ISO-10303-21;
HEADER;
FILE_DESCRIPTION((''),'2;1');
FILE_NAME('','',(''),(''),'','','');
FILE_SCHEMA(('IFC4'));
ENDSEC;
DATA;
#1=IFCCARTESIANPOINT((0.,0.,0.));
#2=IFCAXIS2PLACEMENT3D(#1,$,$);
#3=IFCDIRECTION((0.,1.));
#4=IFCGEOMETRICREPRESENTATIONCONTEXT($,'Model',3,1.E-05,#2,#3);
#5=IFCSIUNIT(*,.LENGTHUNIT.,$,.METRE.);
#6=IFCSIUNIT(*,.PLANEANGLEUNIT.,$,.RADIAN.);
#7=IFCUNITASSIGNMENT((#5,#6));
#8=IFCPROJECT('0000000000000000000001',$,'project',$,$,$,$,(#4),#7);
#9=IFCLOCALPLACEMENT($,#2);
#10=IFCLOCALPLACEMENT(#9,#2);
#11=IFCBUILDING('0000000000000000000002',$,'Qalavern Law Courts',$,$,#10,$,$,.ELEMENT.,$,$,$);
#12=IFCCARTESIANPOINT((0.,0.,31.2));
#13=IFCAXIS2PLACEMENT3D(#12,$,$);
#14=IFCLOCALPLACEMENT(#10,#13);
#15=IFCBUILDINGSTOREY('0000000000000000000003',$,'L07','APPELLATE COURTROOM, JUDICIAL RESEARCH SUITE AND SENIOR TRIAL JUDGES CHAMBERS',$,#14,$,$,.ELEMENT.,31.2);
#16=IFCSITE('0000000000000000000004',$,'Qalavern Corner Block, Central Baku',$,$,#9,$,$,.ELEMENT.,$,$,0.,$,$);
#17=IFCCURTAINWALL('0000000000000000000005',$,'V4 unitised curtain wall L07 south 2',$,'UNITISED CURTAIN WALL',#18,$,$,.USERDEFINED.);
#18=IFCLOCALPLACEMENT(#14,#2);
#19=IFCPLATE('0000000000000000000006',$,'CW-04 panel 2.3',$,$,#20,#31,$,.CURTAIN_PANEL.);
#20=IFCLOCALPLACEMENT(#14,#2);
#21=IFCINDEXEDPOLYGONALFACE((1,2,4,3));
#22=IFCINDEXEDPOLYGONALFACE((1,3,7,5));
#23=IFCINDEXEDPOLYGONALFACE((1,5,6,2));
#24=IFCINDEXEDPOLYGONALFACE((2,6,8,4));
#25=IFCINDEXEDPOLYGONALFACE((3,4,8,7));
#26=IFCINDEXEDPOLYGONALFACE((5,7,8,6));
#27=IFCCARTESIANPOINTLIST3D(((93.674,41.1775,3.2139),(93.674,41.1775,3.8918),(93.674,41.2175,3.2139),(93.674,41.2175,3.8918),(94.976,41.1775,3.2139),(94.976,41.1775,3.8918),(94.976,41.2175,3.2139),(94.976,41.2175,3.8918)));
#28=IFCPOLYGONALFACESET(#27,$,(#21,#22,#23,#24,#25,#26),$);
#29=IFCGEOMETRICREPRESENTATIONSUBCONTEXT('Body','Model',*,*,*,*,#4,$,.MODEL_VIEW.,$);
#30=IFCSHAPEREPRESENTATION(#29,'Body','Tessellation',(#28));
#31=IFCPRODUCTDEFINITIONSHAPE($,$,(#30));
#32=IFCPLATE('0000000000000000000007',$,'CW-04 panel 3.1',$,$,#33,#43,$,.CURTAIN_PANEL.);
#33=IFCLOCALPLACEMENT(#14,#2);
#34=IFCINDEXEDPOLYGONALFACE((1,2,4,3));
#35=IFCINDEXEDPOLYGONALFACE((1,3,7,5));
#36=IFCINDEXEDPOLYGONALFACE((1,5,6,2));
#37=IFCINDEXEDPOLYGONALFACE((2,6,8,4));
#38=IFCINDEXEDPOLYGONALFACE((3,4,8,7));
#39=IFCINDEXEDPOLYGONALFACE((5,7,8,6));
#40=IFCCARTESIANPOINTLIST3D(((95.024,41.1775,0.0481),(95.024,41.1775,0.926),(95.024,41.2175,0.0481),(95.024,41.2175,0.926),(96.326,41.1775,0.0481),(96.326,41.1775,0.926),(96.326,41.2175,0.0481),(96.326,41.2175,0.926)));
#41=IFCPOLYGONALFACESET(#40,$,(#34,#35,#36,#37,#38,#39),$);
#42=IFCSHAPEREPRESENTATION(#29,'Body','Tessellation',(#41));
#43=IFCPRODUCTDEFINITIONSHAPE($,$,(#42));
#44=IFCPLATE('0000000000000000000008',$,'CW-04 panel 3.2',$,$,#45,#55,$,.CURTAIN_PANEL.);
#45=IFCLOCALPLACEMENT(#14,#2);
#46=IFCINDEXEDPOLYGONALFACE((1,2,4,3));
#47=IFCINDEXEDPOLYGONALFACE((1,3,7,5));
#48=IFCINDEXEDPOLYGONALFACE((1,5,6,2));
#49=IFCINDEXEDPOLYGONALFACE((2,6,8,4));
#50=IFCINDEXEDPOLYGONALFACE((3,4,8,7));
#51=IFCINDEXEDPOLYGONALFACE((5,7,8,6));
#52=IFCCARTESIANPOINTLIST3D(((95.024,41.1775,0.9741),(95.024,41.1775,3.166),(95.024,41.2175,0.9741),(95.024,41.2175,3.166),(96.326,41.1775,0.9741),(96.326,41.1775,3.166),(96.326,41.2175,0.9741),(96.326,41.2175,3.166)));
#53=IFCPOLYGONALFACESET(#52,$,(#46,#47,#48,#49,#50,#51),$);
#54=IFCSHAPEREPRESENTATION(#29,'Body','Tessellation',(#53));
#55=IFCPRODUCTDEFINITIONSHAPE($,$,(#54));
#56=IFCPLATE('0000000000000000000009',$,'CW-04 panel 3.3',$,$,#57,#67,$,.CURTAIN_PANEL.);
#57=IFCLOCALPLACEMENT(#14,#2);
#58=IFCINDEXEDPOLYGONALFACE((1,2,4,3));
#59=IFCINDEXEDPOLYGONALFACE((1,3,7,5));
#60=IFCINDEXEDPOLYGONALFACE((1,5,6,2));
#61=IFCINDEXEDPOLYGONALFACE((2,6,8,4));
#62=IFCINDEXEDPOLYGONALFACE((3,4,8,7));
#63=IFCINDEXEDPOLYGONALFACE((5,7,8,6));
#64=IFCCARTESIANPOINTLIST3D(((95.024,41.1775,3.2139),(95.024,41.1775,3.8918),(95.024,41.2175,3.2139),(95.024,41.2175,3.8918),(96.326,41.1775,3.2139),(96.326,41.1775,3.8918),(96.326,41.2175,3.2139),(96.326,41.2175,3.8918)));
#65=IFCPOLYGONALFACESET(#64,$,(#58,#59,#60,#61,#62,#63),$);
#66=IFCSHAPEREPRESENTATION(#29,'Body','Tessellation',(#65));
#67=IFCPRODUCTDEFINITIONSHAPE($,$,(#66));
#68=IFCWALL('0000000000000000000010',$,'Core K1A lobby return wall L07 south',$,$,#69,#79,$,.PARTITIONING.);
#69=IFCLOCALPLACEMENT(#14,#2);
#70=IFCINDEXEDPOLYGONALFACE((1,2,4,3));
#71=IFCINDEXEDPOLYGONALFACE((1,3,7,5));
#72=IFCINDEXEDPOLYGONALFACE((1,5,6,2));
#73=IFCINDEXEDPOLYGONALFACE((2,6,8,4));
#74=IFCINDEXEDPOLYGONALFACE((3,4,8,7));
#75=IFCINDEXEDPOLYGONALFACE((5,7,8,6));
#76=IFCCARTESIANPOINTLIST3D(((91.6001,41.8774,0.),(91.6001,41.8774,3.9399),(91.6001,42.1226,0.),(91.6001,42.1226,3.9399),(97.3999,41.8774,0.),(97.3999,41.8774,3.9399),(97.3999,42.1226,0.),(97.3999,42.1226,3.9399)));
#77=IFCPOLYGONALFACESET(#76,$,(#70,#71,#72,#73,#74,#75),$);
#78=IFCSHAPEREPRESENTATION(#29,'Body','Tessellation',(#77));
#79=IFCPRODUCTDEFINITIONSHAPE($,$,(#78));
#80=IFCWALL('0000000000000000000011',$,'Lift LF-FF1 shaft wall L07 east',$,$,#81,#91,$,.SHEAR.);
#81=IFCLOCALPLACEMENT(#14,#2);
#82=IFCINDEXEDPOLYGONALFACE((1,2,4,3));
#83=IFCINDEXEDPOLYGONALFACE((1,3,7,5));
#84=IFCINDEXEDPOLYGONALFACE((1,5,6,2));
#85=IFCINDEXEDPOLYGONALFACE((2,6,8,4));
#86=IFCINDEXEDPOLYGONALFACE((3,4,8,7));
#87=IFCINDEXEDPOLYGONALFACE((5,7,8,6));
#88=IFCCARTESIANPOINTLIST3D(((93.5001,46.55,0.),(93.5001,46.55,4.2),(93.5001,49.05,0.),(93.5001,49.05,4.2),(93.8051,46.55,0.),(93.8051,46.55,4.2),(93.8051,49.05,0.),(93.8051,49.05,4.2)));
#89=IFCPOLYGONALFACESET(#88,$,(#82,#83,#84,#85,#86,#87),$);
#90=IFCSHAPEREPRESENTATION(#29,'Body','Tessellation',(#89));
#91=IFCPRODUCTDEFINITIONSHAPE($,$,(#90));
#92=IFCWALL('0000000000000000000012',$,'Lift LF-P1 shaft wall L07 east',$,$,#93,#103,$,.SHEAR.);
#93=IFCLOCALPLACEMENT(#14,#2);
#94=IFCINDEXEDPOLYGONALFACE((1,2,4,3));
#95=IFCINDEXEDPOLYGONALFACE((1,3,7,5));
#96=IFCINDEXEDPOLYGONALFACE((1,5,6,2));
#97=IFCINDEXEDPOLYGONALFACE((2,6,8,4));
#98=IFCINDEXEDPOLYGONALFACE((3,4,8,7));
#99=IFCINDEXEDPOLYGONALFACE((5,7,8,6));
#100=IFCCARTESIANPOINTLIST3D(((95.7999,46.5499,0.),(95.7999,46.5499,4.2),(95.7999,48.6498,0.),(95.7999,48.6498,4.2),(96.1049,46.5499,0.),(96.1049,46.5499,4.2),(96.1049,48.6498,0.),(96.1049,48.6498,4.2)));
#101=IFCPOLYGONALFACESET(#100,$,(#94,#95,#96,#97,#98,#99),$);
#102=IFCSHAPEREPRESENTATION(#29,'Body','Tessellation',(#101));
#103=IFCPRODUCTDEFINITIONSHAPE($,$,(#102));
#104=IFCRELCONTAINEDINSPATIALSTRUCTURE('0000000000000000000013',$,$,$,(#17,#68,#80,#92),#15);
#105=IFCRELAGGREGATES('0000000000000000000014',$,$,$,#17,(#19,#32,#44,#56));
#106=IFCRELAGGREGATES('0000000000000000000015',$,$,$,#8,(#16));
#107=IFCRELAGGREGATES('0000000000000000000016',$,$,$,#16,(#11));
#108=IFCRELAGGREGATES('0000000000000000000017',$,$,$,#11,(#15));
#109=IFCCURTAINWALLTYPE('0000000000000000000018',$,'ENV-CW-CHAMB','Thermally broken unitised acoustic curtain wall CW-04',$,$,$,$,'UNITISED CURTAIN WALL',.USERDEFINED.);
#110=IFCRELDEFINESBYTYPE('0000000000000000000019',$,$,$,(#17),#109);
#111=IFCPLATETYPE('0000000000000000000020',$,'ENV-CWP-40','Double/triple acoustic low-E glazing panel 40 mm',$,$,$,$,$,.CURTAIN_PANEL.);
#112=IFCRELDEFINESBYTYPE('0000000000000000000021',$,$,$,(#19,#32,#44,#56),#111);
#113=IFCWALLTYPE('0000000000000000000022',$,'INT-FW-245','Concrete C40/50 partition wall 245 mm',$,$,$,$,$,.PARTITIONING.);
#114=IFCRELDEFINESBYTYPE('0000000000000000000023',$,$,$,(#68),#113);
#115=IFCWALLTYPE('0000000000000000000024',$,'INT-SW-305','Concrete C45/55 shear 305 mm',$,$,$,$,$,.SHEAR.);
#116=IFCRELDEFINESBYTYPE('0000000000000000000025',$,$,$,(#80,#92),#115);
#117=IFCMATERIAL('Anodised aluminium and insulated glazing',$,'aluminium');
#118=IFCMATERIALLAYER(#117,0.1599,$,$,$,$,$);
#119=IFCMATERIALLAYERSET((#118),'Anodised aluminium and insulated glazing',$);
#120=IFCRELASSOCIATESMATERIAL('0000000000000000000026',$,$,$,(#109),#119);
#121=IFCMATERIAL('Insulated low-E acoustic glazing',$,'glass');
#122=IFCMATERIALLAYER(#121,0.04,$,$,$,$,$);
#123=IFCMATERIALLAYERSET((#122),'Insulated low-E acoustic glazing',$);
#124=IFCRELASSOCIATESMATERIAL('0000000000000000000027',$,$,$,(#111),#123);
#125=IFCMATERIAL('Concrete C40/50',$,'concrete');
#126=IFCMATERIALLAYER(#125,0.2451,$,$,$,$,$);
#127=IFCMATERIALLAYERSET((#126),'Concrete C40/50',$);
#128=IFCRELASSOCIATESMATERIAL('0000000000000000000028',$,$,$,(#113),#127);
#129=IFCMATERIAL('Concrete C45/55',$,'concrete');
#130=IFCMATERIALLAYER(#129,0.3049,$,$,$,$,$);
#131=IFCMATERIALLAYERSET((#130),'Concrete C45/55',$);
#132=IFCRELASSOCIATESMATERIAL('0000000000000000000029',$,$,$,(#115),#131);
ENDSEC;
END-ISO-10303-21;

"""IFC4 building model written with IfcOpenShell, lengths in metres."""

from ifc_helpers import new_model, si_unit, direction, frame, frame_2d, origin, origin_2d, place, context, subcontext, project, spatial, rectangle, extrude, material, layer, layer_set, type_object, element, aggregate, save


model = new_model("IFC4")

# Units and contexts
model_context = context("Model", 3, precision=1e-05, world=origin(), true_north=direction((0.0, 1.0)))
body_context = subcontext(model_context, "Body", "Model", "MODEL_VIEW")
ifc_project = project(units=[si_unit("LENGTHUNIT", "METRE"), si_unit("PLANEANGLEUNIT", "RADIAN")], contexts=[model_context])

# Site, building, storey
site_placement = place(None, origin())
site = spatial("IfcSite", under=ifc_project, at=site_placement, Name="Qalavern Corner Block, Central Baku", CompositionType="ELEMENT", RefElevation=0.0)
building_placement = place(site_placement, origin())
building = spatial("IfcBuilding", under=site, at=building_placement, Name="Qalavern Law Courts", CompositionType="ELEMENT")
storey_placement = place(building_placement, frame((0.0, 0.0, 31.2)))
storey = spatial("IfcBuildingStorey", under=building, at=storey_placement, Name="L07", Description="APPELLATE COURTROOM, JUDICIAL RESEARCH SUITE AND SENIOR TRIAL JUDGES CHAMBERS", CompositionType="ELEMENT", Elevation=31.2)

# Shared definitions
ifc_material_1 = material(Name="Concrete C45/55", Category="concrete")

# Curtain wall
ifc_material_2 = material(Name="Anodised aluminium and insulated glazing", Category="aluminium")
ifc_layer_1 = layer(ifc_material_2, 0.1599)
ifc_layer_set_1 = layer_set([ifc_layer_1], Name="Anodised aluminium and insulated glazing")
curtain_wall_type = type_object("IfcCurtainWallType", Name="ENV-CW-CHAMB", Description="Thermally broken unitised acoustic curtain wall CW-04", ElementType="UNITISED CURTAIN WALL", PredefinedType="USERDEFINED", material=ifc_layer_set_1)
curtain_wall_placement = place(storey_placement, origin())
curtain_wall = element("IfcCurtainWall", 1, at=curtain_wall_placement, inside=storey, type_object=curtain_wall_type, Name="V4 unitised curtain wall L07 south 2", ObjectType="UNITISED CURTAIN WALL", PredefinedType="USERDEFINED")

# Shared definitions
ifc_material_3 = material(Name="Concrete C40/50", Category="concrete")

# Plates
ifc_material_4 = material(Name="Insulated low-E acoustic glazing", Category="glass")
ifc_layer_2 = layer(ifc_material_4, 0.04)
ifc_layer_set_2 = layer_set([ifc_layer_2], Name="Insulated low-E acoustic glazing")
plate_type = type_object("IfcPlateType", Name="ENV-CWP-40", Description="Double/triple acoustic low-E glazing panel 40 mm", PredefinedType="CURTAIN_PANEL", material=ifc_layer_set_2)
plate_1_placement = place(storey_placement, frame((94.325, 41.1975, 3.2139), z_axis=(0.0, 0.0, 1.0), x_axis=(1.0, 0.0, 0.0)))
plate_1 = element("IfcPlate", 2, at=plate_1_placement, type_object=plate_type, Name="CW-04 panel 2.3", PredefinedType="CURTAIN_PANEL", context=body_context, shape_type="SweptSolid", body=[
    extrude(rectangle(XDim=1.302, YDim=0.04, at=origin_2d()), origin(), (0.0, 0.0, 1.0), 0.678),
])
plate_2_placement = place(storey_placement, frame((95.675, 41.1975, 0.0481), z_axis=(0.0, 0.0, 1.0), x_axis=(1.0, 0.0, 0.0)))
plate_2 = element("IfcPlate", 3, at=plate_2_placement, type_object=plate_type, Name="CW-04 panel 3.1", PredefinedType="CURTAIN_PANEL", context=body_context, shape_type="SweptSolid", body=[
    extrude(rectangle(XDim=1.302, YDim=0.04, at=origin_2d()), origin(), (0.0, 0.0, 1.0), 0.8779),
])
plate_3_placement = place(storey_placement, frame((95.675, 41.1975, 0.9741), z_axis=(0.0, 0.0, 1.0), x_axis=(1.0, 0.0, 0.0)))
plate_3 = element("IfcPlate", 4, at=plate_3_placement, type_object=plate_type, Name="CW-04 panel 3.2", PredefinedType="CURTAIN_PANEL", context=body_context, shape_type="SweptSolid", body=[
    extrude(rectangle(XDim=1.302, YDim=0.04, at=origin_2d()), origin(), (0.0, 0.0, 1.0), 2.1919),
])
plate_4_placement = place(storey_placement, frame((95.675, 41.1975, 3.2139), z_axis=(0.0, 0.0, 1.0), x_axis=(1.0, 0.0, 0.0)))
plate_4 = element("IfcPlate", 5, at=plate_4_placement, type_object=plate_type, Name="CW-04 panel 3.3", PredefinedType="CURTAIN_PANEL", context=body_context, shape_type="SweptSolid", body=[
    extrude(rectangle(XDim=1.302, YDim=0.04, at=origin_2d()), origin(), (0.0, 0.0, 1.0), 0.678),
])
aggregate(curtain_wall, [plate_1, plate_2, plate_3, plate_4])

# Walls
ifc_layer_3 = layer(ifc_material_3, 0.2451)
ifc_layer_set_3 = layer_set([ifc_layer_3], Name="Concrete C40/50")
wall_type_1 = type_object("IfcWallType", Name="INT-FW-245", Description="Concrete C40/50 partition wall 245 mm", PredefinedType="PARTITIONING", material=ifc_layer_set_3)
wall_1_placement = place(storey_placement, frame((91.6001, 42.0, 0.0), z_axis=(0.0, 0.0, 1.0), x_axis=(1.0, 0.0, 0.0)))
element("IfcWall", 6, at=wall_1_placement, inside=storey, type_object=wall_type_1, Name="Core K1A lobby return wall L07 south", PredefinedType="PARTITIONING", context=body_context, shape_type="SweptSolid", body=[
    extrude(rectangle(XDim=5.7998, YDim=0.2451, at=frame_2d((2.8999, 0.0))), origin(), (0.0, 0.0, 1.0), 3.9399),
])
ifc_layer_4 = layer(ifc_material_1, 0.3049)
ifc_layer_set_4 = layer_set([ifc_layer_4], Name="Concrete C45/55")
wall_type_2 = type_object("IfcWallType", Name="INT-SW-305", Description="Concrete C45/55 shear 305 mm", PredefinedType="SHEAR", material=ifc_layer_set_4)
wall_2_placement = place(storey_placement, frame((93.6526, 46.55, 0.0), z_axis=(0.0, 0.0, 1.0), x_axis=(0.0, 1.0, 0.0)))
element("IfcWall", 7, at=wall_2_placement, inside=storey, type_object=wall_type_2, Name="Lift LF-FF1 shaft wall L07 east", PredefinedType="SHEAR", context=body_context, shape_type="SweptSolid", body=[
    extrude(rectangle(XDim=2.5, YDim=0.3049, at=frame_2d((1.25, 0.0))), origin(), (0.0, 0.0, 1.0), 4.2),
])

# Wall
wall_3_placement = place(storey_placement, frame((95.9524, 46.55, 0.0), z_axis=(0.0, 0.0, 1.0), x_axis=(0.0, 1.0, 0.0)))
element("IfcWall", 8, at=wall_3_placement, inside=storey, type_object=wall_type_2, Name="Lift LF-P1 shaft wall L07 east", PredefinedType="SHEAR", context=body_context, shape_type="SweptSolid", body=[
    extrude(rectangle(XDim=2.0999, YDim=0.3049, at=frame_2d((1.0498, 0.0))), origin(), (0.0, 0.0, 1.0), 4.2),
])

save(model, "model.ifc")
